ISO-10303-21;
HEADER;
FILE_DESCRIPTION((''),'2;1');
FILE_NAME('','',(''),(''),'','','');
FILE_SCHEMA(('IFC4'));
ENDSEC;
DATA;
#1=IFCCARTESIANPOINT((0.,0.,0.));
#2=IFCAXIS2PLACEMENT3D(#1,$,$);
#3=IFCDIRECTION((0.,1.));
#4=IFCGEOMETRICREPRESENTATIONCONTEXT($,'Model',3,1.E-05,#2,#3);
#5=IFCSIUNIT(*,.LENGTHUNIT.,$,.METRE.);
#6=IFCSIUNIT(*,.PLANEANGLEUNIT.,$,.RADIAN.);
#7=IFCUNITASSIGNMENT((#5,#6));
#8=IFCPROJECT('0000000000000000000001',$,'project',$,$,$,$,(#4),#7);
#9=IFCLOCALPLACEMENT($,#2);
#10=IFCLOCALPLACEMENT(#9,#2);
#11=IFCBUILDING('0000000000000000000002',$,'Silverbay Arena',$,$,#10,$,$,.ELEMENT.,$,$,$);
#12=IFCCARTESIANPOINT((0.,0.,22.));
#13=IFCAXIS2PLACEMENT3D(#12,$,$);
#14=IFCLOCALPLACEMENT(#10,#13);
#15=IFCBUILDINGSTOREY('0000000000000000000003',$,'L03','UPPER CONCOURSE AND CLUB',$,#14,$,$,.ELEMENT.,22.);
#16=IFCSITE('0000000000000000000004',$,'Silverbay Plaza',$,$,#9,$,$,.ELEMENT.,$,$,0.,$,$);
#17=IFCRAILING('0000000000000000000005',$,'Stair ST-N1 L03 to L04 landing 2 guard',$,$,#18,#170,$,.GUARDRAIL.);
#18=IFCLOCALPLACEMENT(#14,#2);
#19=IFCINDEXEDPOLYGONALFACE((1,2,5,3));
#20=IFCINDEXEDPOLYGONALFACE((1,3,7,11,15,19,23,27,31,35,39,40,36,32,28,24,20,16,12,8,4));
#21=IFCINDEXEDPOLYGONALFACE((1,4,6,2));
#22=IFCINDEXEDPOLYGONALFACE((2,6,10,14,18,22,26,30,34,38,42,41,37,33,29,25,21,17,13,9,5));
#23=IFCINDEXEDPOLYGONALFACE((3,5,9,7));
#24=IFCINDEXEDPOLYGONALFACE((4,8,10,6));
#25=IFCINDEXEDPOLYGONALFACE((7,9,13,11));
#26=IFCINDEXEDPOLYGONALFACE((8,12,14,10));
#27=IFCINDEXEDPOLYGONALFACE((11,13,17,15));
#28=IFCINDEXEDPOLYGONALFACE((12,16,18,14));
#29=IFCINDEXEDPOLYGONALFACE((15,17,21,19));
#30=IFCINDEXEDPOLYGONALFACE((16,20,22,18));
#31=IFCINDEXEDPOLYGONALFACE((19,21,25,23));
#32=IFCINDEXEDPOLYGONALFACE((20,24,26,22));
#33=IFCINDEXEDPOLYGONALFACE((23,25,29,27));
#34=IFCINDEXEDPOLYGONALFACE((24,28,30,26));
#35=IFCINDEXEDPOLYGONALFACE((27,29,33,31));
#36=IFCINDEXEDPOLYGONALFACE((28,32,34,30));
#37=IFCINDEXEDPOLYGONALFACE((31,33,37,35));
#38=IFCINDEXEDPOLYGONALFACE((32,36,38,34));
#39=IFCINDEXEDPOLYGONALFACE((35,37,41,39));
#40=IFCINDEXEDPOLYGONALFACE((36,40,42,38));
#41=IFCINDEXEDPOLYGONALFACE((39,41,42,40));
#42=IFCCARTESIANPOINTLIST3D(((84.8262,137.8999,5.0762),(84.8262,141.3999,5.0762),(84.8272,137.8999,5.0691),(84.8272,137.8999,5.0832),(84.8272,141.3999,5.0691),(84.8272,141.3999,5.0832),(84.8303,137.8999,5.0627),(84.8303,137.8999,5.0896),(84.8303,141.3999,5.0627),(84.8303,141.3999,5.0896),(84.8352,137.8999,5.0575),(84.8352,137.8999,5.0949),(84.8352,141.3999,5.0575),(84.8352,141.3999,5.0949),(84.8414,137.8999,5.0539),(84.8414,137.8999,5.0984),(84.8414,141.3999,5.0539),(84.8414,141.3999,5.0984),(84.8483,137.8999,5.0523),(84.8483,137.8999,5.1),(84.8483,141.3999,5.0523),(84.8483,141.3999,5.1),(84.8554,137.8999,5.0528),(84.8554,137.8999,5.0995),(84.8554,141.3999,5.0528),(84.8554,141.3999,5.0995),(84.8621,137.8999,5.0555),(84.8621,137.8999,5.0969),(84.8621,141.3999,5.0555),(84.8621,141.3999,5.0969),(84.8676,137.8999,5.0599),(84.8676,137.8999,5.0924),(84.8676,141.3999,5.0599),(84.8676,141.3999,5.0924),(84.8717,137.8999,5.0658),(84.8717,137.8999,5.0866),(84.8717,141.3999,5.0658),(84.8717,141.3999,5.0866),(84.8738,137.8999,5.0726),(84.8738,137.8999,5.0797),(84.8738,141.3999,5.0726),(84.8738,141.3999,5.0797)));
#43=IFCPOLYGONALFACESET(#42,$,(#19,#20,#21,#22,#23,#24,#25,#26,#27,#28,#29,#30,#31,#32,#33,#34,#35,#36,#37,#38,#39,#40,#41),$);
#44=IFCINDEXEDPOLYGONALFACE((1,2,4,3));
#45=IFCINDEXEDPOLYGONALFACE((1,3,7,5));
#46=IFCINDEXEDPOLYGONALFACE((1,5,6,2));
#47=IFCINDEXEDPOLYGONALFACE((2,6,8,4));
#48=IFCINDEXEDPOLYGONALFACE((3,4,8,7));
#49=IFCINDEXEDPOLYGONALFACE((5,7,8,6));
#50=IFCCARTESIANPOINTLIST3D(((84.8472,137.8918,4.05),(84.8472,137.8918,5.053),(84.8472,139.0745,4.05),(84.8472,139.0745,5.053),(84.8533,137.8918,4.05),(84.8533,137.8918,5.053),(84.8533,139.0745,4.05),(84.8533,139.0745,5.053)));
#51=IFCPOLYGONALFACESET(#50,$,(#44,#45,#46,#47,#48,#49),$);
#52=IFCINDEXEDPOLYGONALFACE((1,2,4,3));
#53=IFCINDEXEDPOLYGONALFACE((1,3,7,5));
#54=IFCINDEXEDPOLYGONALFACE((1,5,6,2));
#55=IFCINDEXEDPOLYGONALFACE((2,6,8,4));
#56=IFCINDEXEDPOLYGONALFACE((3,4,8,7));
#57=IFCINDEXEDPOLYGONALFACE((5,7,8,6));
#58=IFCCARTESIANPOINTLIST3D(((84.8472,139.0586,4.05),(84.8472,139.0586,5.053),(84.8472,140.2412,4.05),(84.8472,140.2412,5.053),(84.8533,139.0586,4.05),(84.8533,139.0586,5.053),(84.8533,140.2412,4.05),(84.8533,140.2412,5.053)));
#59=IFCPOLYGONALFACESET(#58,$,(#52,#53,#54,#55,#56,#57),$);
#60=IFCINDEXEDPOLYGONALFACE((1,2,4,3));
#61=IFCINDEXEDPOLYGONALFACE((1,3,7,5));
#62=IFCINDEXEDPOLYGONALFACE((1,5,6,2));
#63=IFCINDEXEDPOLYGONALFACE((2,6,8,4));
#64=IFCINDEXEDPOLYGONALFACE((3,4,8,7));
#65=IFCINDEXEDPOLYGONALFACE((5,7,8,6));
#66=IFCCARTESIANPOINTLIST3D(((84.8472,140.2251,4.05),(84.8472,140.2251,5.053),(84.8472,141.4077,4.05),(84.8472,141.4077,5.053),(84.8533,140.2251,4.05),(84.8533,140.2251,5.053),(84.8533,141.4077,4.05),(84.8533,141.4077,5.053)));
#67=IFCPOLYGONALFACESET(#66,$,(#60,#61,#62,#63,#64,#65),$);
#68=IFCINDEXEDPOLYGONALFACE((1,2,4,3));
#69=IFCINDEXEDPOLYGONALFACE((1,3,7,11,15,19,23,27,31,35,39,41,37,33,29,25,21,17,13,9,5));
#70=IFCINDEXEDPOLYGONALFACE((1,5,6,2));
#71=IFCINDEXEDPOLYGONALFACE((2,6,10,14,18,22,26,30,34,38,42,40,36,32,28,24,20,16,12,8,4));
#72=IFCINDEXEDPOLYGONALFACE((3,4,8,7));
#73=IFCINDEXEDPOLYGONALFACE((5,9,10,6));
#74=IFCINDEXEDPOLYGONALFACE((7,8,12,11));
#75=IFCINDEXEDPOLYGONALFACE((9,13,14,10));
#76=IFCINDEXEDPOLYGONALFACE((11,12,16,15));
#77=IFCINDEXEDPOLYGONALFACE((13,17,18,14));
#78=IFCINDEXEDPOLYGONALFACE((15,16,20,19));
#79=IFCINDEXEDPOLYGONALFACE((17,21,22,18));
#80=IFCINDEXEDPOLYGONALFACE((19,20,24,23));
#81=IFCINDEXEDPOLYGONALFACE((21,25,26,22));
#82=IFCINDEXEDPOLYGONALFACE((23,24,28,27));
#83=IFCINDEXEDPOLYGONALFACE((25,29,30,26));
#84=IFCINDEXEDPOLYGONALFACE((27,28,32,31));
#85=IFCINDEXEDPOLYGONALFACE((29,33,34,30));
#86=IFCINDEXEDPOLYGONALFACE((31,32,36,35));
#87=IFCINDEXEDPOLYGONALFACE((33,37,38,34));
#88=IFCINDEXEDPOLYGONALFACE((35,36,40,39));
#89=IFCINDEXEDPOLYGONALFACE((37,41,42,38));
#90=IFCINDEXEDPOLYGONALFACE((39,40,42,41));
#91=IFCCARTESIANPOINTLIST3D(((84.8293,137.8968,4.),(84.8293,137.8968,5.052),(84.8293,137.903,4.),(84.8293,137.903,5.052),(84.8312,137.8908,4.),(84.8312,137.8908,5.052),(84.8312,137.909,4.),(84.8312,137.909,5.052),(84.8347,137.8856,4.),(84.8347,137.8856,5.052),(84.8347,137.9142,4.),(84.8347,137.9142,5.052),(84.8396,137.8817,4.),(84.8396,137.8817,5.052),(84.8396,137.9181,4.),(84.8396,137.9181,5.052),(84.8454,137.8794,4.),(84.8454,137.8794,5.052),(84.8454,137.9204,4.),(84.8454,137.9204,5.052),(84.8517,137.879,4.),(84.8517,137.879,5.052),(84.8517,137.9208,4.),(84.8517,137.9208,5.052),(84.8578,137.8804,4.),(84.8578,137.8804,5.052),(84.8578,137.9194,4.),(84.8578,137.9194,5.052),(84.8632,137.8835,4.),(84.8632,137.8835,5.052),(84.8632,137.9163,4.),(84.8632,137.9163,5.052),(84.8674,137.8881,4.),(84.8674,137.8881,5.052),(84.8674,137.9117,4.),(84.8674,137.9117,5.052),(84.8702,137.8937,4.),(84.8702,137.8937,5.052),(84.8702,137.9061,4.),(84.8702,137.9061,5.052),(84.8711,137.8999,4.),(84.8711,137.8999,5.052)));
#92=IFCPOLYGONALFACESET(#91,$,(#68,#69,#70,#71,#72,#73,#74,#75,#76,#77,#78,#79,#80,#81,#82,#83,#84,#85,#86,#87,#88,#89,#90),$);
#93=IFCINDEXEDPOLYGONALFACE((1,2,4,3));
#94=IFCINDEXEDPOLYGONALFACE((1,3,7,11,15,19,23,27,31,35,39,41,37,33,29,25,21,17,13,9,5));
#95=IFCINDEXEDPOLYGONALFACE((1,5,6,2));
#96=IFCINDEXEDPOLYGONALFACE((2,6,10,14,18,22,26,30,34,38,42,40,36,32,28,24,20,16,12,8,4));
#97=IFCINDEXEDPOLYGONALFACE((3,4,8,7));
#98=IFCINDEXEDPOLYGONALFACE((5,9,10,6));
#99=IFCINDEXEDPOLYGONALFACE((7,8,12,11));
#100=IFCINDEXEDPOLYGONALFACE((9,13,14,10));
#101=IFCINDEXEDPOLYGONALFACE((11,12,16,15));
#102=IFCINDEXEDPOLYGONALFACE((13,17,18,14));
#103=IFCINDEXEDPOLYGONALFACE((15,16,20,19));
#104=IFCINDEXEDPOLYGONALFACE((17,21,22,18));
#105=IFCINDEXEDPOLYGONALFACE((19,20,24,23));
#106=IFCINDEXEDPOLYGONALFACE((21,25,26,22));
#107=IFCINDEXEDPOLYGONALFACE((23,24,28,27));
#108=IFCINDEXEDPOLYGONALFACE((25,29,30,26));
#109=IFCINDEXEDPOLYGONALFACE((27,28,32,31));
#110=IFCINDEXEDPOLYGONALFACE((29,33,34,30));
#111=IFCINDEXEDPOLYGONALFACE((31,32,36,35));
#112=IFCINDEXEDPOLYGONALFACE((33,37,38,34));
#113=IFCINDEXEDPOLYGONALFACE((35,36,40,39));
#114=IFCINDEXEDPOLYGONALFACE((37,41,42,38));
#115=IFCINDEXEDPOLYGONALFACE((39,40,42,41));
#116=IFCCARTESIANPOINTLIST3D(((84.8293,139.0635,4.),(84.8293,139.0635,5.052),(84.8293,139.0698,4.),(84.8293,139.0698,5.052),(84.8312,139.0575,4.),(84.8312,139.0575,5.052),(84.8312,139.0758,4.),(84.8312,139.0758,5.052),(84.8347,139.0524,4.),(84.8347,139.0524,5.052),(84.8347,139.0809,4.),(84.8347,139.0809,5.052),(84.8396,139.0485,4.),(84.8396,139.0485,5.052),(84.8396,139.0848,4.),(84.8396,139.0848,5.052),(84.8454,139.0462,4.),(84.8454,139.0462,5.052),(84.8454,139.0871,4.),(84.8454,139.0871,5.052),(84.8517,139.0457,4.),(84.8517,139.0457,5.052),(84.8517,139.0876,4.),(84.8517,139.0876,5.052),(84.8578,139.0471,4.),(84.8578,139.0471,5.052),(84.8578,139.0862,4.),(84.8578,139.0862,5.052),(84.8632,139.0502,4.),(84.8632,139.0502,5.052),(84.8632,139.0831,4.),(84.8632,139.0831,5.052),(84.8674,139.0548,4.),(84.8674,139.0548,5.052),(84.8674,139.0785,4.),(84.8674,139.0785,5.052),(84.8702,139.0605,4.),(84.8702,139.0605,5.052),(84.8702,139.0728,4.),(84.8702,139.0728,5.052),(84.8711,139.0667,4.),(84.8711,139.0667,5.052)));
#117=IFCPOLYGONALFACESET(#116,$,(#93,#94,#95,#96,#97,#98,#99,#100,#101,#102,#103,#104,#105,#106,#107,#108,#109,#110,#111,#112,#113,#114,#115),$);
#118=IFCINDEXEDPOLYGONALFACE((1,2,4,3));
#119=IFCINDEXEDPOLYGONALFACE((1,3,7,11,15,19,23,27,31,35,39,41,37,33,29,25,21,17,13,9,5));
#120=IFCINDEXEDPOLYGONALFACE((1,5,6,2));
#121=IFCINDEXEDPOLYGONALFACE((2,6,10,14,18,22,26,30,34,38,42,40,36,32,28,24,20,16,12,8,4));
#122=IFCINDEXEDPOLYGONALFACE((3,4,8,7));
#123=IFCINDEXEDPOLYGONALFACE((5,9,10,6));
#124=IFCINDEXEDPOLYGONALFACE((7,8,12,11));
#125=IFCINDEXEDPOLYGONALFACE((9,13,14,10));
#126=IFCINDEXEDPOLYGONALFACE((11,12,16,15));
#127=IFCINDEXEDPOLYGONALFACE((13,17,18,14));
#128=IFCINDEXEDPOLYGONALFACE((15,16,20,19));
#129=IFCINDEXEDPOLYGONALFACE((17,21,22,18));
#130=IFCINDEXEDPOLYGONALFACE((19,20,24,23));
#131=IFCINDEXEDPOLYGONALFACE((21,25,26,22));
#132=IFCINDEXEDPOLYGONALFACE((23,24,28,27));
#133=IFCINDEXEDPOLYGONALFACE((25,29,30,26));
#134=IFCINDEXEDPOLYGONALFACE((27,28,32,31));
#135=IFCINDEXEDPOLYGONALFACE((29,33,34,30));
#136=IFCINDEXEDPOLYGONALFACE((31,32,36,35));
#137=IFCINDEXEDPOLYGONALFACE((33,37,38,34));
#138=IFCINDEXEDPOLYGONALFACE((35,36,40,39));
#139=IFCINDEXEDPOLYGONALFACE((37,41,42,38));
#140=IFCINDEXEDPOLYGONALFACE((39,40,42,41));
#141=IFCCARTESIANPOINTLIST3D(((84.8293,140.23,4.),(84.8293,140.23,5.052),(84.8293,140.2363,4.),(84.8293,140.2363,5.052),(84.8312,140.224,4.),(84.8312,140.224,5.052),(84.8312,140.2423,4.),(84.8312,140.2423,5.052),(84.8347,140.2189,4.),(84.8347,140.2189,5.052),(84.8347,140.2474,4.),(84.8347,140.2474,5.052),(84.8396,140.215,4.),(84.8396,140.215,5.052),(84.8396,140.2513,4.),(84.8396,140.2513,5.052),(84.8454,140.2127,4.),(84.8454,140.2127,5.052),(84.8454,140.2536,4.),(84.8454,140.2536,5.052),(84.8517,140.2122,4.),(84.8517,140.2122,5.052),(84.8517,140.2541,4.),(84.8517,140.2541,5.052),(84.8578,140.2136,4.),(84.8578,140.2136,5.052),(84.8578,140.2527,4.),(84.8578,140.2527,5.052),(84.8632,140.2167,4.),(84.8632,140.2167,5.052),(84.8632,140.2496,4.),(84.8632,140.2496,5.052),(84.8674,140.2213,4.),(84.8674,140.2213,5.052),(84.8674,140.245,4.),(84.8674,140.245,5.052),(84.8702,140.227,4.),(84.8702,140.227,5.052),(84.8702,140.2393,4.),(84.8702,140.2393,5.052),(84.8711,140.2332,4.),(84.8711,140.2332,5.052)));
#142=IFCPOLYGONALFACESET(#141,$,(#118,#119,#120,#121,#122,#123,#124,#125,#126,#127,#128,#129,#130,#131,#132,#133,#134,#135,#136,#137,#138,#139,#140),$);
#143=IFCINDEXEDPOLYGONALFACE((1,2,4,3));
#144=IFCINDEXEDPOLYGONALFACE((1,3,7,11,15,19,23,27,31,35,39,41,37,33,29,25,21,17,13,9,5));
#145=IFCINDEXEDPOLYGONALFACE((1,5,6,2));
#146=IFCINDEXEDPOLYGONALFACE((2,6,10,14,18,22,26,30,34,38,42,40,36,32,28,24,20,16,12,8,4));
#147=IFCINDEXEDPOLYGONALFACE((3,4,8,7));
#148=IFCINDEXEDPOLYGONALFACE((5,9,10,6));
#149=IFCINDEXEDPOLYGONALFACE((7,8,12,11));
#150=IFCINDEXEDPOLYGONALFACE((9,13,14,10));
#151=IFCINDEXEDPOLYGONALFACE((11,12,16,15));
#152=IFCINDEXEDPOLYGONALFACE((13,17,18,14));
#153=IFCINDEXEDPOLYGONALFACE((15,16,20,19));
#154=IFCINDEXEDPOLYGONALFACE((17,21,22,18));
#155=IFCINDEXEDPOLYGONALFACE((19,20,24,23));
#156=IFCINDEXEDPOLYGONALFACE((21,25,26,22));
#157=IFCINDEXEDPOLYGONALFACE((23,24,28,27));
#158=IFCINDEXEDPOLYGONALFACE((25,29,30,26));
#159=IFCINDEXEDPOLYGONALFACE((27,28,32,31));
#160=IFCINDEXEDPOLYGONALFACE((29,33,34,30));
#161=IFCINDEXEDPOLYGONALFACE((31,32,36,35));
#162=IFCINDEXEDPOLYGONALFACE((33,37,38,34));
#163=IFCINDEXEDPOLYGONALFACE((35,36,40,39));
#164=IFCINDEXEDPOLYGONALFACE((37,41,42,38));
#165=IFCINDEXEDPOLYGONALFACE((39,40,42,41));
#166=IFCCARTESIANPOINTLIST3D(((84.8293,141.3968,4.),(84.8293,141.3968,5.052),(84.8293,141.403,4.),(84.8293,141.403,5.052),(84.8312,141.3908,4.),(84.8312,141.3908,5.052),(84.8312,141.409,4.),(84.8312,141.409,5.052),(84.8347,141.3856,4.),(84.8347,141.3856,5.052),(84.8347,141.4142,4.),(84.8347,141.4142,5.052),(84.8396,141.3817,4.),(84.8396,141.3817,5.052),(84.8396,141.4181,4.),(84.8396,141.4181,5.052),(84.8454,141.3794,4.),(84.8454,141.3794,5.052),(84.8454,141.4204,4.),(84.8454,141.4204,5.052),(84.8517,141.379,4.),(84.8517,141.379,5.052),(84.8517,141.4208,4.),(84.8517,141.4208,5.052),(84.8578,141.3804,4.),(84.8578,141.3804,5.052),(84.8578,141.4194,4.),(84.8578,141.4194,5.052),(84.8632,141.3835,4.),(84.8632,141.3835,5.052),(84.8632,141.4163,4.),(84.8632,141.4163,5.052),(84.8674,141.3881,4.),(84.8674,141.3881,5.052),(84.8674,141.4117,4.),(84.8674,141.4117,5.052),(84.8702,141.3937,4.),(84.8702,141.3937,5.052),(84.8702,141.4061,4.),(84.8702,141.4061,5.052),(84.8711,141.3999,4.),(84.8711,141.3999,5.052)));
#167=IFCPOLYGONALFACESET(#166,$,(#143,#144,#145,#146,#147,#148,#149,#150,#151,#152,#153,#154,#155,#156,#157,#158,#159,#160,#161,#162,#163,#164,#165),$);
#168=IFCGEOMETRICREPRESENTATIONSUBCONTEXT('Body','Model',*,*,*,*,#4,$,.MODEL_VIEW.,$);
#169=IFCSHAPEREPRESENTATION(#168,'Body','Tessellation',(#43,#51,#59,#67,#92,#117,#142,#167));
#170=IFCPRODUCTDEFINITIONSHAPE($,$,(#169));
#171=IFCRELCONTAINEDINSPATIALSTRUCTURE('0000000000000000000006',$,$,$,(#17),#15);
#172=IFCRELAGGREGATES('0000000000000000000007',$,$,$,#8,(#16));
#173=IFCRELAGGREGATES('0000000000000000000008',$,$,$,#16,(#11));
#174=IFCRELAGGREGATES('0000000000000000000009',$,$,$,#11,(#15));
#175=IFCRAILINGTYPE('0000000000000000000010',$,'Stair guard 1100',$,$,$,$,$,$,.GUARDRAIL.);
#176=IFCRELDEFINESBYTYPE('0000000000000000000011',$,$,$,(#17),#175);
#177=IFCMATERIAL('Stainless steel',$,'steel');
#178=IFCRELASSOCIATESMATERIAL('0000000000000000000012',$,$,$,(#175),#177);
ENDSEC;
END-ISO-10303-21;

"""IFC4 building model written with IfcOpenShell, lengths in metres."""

from ifc_helpers import new_model, si_unit, direction, frame, origin, origin_2d, place, context, subcontext, project, spatial, polyline, circle, outline, extrude, material, type_object, element, save


model = new_model("IFC4")

# Units and contexts
model_context = context("Model", 3, precision=1e-05, world=origin(), true_north=direction((0.0, 1.0)))
body_context = subcontext(model_context, "Body", "Model", "MODEL_VIEW")
ifc_project = project(units=[si_unit("LENGTHUNIT", "METRE"), si_unit("PLANEANGLEUNIT", "RADIAN")], contexts=[model_context])

# Site, building, storey
site_placement = place(None, origin())
site = spatial("IfcSite", under=ifc_project, at=site_placement, Name="Silverbay Plaza", CompositionType="ELEMENT", RefElevation=0.0)
building_placement = place(site_placement, origin())
building = spatial("IfcBuilding", under=site, at=building_placement, Name="Silverbay Arena", CompositionType="ELEMENT")
storey_placement = place(building_placement, frame((0.0, 0.0, 22.0)))
storey = spatial("IfcBuildingStorey", under=building, at=storey_placement, Name="L03", Description="UPPER CONCOURSE AND CLUB", CompositionType="ELEMENT", Elevation=22.0)

# Railing
ifc_material_1 = material(Name="Stainless steel", Category="steel")
railing_type_1 = type_object("IfcRailingType", Name="Stair guard 1100", PredefinedType="GUARDRAIL", material=ifc_material_1)
for number, where, name in (
    (1, (84.8501, 137.8999, 4.0), "Stair ST-N1 L03 to L04 landing 2 guard"),
):
    element("IfcRailing", number, at=place(storey_placement, frame(where)), inside=storey, type_object=railing_type_1, Name=name, PredefinedType="GUARDRAIL", context=body_context, shape_type="SweptSolid", body=[
        extrude(circle(Radius=0.0239, at=origin_2d()), frame((0.0, 0.0, 1.0762), z_axis=(0.0, 1.0, 0.0), x_axis=(-1.0, 0.0, 0.0)), (0.0, 0.0, 1.0), 3.5),
        extrude(outline(polyline([(-0.0081, 0.05), (1.1746, 0.05), (1.1746, 1.053), (-0.0081, 1.053), (-0.0081, 0.05)])), frame((-0.0029, 0.0, 0.0), z_axis=(1.0, 0.0, 0.0), x_axis=(0.0, 1.0, 0.0)), (0.0, 0.0, 1.0), 0.0061),
        extrude(outline(polyline([(-0.0081, 0.05), (1.1746, 0.05), (1.1746, 1.053), (-0.0081, 1.053), (-0.0081, 0.05)])), frame((-0.0029, 1.1667, 0.0), z_axis=(1.0, 0.0, 0.0), x_axis=(0.0, 1.0, 0.0)), (0.0, 0.0, 1.0), 0.0061),
        extrude(outline(polyline([(-0.0081, 0.05), (1.1746, 0.05), (1.1746, 1.053), (-0.0081, 1.053), (-0.0081, 0.05)])), frame((-0.0029, 2.3333, 0.0), z_axis=(1.0, 0.0, 0.0), x_axis=(0.0, 1.0, 0.0)), (0.0, 0.0, 1.0), 0.0061),
        extrude(circle(Radius=0.021, at=origin_2d()), origin(), (0.0, 0.0, 1.0), 1.052),
        extrude(circle(Radius=0.021, at=origin_2d()), frame((0.0, 1.1667, 0.0)), (0.0, 0.0, 1.0), 1.052),
        extrude(circle(Radius=0.021, at=origin_2d()), frame((0.0, 2.3333, 0.0)), (0.0, 0.0, 1.0), 1.052),
        extrude(circle(Radius=0.021, at=origin_2d()), frame((0.0, 3.5, 0.0)), (0.0, 0.0, 1.0), 1.052),
    ])

save(model, "model.ifc")
